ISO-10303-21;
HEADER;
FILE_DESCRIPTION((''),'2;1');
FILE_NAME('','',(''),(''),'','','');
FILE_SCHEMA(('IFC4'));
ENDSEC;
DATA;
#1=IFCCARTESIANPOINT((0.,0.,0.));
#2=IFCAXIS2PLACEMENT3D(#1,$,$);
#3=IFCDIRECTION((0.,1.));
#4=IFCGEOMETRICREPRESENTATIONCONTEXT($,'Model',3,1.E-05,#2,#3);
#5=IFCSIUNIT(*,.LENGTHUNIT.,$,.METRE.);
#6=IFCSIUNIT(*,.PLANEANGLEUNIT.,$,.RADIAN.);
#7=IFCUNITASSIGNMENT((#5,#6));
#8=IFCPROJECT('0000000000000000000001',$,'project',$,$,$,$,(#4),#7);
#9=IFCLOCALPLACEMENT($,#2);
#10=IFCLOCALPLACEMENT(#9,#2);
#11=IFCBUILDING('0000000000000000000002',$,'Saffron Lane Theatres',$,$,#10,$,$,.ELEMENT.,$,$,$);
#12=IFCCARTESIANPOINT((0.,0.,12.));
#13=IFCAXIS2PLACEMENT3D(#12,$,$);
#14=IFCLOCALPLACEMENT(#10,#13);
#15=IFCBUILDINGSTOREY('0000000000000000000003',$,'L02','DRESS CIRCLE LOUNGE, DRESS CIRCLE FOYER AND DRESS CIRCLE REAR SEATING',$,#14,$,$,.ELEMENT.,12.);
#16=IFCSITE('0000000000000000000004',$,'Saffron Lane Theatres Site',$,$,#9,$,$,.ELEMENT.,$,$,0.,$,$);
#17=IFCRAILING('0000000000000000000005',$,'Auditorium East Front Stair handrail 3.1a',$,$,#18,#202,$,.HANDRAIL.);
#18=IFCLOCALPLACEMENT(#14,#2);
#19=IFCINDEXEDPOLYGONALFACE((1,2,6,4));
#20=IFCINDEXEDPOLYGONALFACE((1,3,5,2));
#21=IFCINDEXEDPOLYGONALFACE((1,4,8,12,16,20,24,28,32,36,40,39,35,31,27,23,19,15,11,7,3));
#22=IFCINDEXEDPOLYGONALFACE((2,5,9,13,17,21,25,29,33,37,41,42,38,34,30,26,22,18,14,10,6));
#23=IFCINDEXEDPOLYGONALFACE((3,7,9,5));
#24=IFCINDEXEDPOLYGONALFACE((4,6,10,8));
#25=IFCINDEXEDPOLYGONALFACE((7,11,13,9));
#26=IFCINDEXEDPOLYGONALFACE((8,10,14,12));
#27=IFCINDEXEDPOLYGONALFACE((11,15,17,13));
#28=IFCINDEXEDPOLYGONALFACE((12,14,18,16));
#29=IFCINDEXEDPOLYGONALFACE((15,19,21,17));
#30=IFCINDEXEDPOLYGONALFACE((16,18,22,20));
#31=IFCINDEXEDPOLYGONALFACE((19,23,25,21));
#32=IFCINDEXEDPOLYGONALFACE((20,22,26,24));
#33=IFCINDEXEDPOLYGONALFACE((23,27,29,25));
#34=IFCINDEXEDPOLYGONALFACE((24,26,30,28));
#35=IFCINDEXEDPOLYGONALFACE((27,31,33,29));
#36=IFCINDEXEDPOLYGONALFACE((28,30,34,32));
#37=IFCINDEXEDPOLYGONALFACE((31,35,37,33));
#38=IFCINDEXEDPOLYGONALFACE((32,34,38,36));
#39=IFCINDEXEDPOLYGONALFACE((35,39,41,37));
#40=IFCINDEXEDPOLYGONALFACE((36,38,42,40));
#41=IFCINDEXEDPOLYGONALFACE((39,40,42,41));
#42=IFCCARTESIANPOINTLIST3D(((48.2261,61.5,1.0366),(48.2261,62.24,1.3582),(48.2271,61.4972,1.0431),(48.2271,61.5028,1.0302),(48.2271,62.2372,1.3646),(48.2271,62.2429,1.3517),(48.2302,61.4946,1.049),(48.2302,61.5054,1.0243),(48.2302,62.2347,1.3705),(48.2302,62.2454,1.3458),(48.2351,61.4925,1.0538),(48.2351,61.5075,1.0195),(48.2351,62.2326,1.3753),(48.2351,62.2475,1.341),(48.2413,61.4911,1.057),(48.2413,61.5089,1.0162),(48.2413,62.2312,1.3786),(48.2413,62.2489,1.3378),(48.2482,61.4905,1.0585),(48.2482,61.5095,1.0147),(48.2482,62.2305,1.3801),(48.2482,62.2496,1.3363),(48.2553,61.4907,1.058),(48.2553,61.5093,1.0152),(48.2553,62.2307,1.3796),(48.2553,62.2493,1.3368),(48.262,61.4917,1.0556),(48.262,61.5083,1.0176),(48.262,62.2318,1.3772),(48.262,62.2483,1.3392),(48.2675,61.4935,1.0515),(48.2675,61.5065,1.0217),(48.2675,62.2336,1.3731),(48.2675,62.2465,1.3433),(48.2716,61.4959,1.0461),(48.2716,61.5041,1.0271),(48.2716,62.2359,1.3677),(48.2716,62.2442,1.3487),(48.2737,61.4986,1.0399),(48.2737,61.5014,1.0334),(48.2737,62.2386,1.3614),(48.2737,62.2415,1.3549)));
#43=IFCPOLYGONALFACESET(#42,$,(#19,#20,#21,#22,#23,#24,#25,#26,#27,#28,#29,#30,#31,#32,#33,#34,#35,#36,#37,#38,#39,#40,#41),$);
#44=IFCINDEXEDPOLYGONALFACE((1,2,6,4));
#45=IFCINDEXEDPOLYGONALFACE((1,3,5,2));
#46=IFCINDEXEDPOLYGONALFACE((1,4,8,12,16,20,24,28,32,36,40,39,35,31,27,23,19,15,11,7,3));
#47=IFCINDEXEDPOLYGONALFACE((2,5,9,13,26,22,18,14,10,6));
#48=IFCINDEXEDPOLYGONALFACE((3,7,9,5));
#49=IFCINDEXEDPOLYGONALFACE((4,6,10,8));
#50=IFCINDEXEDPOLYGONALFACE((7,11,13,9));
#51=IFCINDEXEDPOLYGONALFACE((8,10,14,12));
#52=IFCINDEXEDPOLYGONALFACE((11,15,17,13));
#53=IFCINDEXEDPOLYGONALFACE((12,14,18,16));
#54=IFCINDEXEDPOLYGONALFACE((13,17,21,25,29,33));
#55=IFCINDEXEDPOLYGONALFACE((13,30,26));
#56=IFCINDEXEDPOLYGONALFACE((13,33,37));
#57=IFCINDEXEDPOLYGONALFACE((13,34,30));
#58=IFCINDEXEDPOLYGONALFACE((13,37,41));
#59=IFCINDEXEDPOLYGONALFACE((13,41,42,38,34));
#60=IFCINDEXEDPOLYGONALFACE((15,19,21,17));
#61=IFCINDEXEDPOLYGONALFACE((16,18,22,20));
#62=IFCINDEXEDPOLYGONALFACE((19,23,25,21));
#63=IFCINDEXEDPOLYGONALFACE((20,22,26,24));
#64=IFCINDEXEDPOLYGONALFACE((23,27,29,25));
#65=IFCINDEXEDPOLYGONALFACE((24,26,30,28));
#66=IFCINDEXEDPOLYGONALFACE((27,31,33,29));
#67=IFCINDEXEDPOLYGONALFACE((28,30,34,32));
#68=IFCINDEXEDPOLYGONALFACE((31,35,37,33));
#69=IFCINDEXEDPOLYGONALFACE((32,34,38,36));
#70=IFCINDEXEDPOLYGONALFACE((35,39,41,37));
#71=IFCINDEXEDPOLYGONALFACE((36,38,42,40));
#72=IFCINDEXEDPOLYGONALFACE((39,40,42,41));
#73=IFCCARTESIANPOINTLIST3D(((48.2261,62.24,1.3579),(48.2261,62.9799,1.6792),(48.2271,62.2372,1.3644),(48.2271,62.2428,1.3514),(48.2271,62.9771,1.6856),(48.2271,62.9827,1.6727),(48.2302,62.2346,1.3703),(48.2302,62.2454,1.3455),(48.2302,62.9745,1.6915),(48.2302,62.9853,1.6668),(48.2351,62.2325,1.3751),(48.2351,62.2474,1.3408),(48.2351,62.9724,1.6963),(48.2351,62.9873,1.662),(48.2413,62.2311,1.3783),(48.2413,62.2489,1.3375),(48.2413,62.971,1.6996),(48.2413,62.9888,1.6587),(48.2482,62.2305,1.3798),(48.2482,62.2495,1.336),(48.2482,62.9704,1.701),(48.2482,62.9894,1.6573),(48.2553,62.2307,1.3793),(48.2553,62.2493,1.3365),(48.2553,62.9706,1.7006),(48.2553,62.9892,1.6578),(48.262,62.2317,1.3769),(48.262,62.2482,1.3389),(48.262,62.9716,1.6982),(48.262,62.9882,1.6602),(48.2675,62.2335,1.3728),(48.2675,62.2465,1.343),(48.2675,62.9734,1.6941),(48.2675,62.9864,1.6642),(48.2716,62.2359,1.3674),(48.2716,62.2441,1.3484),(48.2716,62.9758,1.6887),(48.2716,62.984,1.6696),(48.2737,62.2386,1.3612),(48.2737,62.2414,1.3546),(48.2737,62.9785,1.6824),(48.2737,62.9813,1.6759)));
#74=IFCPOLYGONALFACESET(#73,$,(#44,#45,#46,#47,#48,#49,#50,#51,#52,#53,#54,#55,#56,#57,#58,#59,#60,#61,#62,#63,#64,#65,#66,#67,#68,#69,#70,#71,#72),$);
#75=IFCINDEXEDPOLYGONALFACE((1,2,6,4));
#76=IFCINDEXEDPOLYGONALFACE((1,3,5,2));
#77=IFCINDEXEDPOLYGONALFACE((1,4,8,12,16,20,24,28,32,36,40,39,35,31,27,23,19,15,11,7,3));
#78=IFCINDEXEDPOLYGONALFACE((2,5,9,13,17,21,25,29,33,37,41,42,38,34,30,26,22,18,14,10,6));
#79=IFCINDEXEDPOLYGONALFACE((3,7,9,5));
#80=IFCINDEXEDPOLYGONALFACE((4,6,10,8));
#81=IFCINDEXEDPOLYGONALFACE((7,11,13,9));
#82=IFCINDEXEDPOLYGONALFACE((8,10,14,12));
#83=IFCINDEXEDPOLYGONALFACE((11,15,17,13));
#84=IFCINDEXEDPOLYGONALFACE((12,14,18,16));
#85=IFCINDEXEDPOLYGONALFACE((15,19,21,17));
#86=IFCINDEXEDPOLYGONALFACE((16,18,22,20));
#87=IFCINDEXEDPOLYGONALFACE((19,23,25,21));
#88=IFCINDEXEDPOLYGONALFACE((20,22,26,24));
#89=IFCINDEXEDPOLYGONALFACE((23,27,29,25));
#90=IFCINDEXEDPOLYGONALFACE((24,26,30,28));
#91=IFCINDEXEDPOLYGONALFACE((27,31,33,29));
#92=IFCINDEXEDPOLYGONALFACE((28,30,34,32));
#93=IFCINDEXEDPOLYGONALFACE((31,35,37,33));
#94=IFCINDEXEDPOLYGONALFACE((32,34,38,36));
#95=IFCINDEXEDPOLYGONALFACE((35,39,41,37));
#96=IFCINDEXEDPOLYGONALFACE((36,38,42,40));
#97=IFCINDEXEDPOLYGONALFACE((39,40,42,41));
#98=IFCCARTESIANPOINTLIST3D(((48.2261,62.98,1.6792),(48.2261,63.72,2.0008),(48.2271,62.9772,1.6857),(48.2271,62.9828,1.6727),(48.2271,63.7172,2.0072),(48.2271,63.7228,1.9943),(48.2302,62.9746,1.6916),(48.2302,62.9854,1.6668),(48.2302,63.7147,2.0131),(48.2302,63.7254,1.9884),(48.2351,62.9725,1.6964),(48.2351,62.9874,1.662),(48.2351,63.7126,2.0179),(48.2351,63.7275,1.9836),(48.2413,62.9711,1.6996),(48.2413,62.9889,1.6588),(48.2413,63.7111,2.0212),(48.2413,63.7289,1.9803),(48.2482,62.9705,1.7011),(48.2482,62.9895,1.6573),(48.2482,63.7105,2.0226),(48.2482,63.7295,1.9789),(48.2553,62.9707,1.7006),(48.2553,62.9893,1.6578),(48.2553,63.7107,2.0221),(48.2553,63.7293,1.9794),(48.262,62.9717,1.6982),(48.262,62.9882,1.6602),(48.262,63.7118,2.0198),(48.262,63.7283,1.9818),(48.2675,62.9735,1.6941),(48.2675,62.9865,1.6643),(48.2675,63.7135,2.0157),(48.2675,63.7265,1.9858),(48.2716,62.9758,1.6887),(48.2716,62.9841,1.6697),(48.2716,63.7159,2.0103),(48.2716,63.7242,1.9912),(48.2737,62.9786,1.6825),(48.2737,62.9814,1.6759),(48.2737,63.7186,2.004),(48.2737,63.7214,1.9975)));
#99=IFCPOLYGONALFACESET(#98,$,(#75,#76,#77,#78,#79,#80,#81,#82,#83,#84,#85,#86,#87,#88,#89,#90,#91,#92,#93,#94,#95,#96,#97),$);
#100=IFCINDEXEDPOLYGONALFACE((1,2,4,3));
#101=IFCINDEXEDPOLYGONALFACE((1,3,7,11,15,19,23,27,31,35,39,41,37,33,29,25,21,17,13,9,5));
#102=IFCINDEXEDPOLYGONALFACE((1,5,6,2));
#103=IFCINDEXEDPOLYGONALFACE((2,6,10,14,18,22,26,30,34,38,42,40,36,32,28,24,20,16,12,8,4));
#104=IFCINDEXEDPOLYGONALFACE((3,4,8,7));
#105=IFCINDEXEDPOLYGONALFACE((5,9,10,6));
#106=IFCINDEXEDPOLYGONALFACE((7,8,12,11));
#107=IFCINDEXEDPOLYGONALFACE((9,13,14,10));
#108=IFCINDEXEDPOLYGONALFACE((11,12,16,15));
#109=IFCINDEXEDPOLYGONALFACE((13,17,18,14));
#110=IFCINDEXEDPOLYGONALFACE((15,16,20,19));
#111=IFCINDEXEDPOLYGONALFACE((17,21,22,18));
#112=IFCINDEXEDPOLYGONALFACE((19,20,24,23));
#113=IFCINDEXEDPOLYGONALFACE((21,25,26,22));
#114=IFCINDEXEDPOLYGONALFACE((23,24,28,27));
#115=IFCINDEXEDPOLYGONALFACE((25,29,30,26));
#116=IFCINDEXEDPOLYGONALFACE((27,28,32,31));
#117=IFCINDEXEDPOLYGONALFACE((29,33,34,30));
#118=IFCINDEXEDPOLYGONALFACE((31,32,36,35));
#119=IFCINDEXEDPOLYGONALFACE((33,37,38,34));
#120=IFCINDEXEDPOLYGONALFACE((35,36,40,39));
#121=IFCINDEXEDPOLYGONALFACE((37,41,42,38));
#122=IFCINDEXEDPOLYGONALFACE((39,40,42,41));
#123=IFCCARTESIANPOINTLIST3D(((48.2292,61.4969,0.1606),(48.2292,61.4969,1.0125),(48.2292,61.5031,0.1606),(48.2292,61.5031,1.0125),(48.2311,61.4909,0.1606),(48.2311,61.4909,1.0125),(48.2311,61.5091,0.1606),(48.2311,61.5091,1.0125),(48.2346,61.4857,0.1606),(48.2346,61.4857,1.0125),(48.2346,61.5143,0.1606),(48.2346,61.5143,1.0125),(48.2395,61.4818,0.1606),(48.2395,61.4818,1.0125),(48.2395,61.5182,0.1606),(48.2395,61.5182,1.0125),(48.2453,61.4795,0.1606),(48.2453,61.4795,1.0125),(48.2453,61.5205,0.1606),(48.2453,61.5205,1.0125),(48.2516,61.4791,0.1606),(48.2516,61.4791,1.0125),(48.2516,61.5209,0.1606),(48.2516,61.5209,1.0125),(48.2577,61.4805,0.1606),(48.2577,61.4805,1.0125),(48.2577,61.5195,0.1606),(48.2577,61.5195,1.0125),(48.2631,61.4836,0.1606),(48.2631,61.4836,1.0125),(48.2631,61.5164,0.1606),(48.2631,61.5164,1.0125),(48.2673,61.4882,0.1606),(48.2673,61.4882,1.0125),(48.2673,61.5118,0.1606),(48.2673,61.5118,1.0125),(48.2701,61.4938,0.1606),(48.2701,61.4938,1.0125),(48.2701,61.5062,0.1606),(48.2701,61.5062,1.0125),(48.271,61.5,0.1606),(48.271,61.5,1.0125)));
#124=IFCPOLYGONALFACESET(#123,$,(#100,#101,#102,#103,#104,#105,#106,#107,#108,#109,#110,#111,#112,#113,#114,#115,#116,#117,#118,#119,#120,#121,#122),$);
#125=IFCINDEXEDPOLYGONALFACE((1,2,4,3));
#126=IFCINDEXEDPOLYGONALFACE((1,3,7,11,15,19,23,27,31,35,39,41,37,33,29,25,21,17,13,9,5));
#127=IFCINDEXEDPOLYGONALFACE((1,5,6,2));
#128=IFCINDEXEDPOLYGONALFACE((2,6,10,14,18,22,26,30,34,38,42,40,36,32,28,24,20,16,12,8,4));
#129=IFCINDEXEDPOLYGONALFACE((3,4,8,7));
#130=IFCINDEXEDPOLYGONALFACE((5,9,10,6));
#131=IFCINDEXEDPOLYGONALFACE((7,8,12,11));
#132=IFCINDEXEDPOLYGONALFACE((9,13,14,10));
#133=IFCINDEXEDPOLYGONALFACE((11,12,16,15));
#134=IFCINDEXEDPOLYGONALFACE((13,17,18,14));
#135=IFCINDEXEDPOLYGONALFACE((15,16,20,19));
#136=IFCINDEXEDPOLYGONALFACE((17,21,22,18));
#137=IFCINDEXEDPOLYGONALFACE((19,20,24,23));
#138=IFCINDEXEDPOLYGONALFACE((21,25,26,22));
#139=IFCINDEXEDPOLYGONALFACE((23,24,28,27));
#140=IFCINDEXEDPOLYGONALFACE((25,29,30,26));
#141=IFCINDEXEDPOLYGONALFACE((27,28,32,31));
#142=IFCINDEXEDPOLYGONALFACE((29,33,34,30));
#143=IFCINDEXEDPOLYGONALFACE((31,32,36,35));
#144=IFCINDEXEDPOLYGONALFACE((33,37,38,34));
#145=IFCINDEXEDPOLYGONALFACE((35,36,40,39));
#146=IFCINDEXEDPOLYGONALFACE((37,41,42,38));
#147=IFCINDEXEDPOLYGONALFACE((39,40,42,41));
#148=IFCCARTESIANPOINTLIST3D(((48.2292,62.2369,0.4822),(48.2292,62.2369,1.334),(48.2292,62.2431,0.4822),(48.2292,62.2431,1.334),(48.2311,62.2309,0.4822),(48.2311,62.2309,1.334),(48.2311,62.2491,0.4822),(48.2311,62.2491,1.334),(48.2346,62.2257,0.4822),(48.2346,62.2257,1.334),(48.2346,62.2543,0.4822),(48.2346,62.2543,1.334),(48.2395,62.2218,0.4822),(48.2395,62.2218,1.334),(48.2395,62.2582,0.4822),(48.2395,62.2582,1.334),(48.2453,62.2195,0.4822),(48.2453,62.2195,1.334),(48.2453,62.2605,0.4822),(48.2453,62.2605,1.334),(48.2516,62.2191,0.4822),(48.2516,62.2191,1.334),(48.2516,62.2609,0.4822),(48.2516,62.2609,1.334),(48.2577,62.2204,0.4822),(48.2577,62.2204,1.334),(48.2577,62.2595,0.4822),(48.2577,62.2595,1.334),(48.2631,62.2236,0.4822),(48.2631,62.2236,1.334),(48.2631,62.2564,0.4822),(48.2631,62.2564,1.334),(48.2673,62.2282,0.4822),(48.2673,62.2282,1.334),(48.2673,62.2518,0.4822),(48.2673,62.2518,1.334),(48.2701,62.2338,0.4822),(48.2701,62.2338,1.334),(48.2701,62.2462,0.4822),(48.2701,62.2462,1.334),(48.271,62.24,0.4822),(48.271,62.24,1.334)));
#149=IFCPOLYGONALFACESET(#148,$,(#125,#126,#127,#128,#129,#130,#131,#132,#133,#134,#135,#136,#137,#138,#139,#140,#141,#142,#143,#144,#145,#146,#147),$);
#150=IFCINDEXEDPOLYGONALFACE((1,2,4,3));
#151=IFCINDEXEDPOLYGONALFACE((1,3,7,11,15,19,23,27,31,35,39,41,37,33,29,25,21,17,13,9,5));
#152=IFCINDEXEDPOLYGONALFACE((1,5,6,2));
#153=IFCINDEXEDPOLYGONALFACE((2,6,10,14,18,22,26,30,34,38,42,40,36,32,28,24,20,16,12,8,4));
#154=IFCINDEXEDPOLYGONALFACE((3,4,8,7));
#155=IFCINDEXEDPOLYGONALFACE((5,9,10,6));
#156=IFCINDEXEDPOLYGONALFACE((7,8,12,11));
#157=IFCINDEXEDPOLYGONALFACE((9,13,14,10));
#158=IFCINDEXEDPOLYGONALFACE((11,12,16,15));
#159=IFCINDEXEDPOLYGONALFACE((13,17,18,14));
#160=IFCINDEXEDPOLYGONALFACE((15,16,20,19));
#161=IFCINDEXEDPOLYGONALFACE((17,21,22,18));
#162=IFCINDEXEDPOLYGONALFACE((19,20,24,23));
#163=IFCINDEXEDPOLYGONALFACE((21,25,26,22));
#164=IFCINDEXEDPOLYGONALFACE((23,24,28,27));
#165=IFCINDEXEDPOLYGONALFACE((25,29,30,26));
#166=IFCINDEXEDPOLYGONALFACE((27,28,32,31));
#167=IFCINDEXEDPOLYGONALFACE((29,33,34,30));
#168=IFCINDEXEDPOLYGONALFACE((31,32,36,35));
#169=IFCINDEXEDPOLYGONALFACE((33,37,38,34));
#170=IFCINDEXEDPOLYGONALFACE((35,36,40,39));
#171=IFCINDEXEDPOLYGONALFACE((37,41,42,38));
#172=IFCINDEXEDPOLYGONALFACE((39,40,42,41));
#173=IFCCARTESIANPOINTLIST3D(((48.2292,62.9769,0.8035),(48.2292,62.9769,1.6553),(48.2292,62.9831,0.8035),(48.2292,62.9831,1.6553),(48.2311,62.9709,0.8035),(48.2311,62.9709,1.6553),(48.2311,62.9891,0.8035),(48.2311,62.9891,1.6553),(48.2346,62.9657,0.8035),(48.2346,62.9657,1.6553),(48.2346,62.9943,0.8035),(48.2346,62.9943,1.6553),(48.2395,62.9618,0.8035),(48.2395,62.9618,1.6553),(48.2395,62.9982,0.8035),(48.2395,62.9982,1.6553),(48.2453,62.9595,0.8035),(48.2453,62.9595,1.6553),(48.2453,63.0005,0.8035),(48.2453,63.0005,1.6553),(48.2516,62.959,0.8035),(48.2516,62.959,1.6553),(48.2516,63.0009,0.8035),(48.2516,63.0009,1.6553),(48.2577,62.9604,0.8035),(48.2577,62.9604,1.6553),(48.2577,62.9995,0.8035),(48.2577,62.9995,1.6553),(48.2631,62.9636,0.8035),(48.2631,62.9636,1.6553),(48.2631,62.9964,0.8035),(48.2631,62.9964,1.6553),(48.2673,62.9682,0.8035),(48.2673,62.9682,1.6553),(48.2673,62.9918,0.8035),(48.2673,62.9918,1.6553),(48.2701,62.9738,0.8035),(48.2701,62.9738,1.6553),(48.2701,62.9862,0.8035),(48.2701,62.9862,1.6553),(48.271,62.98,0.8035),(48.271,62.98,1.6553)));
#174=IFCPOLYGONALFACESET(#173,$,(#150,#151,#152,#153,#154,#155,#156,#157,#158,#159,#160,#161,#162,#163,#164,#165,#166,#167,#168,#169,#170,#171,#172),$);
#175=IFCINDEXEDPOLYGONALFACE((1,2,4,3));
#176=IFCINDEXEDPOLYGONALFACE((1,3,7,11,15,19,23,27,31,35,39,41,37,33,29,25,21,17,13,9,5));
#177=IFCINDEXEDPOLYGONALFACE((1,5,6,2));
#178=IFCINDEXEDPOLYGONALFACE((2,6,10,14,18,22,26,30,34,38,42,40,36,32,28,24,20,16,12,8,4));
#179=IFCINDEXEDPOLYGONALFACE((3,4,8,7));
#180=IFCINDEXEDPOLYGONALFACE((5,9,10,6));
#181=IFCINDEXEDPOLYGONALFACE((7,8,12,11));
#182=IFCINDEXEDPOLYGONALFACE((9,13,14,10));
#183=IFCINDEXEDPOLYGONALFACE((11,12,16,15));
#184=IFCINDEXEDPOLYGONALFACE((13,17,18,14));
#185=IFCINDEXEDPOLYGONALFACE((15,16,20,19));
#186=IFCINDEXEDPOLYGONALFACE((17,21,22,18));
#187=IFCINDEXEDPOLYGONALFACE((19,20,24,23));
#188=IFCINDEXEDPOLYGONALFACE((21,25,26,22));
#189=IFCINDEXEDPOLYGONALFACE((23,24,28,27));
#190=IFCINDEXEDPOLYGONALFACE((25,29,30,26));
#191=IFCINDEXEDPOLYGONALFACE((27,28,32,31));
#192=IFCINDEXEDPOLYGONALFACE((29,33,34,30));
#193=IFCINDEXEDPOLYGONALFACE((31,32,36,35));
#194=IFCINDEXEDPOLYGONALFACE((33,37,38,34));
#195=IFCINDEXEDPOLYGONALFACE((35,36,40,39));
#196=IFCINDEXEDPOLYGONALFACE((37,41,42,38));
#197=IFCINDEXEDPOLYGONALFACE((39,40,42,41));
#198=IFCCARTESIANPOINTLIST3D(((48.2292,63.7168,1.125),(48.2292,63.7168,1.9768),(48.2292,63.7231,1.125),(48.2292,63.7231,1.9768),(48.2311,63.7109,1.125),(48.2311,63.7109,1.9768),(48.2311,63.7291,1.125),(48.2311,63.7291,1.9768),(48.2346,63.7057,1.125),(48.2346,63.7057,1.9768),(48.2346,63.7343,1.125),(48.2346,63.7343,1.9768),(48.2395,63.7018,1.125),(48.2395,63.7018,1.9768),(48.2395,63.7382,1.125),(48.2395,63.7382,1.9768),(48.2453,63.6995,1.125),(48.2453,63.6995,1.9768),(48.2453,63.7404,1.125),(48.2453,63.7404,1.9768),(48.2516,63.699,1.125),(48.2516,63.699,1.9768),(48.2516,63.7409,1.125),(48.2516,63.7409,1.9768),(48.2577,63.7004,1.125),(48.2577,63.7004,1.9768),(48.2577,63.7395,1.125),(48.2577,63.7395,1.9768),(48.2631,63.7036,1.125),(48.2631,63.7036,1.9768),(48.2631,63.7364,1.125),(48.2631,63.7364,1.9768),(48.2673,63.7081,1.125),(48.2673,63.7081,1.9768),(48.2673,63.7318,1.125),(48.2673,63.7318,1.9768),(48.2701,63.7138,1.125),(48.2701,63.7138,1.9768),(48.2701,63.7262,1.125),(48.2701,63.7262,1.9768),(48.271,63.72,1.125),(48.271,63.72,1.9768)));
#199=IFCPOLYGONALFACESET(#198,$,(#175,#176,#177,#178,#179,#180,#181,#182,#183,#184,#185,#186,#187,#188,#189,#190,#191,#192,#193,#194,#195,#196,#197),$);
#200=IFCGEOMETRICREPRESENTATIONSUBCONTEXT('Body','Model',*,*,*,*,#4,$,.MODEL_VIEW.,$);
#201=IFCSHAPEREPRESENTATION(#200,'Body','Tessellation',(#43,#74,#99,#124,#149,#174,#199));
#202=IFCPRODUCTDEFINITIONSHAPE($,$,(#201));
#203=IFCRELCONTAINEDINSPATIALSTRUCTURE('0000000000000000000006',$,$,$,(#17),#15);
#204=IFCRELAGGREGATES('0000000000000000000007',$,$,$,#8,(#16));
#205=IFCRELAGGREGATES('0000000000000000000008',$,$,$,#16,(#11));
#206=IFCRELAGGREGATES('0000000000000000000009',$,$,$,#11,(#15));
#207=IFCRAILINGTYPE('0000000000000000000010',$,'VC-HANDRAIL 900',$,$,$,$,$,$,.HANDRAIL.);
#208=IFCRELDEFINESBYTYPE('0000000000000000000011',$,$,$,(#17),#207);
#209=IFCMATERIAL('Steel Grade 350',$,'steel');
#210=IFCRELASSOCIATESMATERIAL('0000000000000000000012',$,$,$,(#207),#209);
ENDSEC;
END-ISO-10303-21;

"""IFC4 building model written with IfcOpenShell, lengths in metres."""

from ifc_helpers import new_model, si_unit, direction, frame, origin, origin_2d, place, context, subcontext, project, spatial, circle, extrude, material, type_object, element, save


model = new_model("IFC4")

# Units and contexts
model_context = context("Model", 3, precision=1e-05, world=origin(), true_north=direction((0.0, 1.0)))
body_context = subcontext(model_context, "Body", "Model", "MODEL_VIEW")
ifc_project = project(units=[si_unit("LENGTHUNIT", "METRE"), si_unit("PLANEANGLEUNIT", "RADIAN")], contexts=[model_context])

# Site, building, storey
site_placement = place(None, origin())
site = spatial("IfcSite", under=ifc_project, at=site_placement, Name="Saffron Lane Theatres Site", CompositionType="ELEMENT", RefElevation=0.0)
building_placement = place(site_placement, origin())
building = spatial("IfcBuilding", under=site, at=building_placement, Name="Saffron Lane Theatres", CompositionType="ELEMENT")
storey_placement = place(building_placement, frame((0.0, 0.0, 12.0)))
storey = spatial("IfcBuildingStorey", under=building, at=storey_placement, Name="L02", Description="DRESS CIRCLE LOUNGE, DRESS CIRCLE FOYER AND DRESS CIRCLE REAR SEATING", CompositionType="ELEMENT", Elevation=12.0)

# Railing
ifc_material_1 = material(Name="Steel Grade 350", Category="steel")
railing_type_1 = type_object("IfcRailingType", Name="VC-HANDRAIL 900", PredefinedType="HANDRAIL", material=ifc_material_1)
for number, where, name in (
    (1, (48.25, 61.5, 0.1606), "Auditorium East Front Stair handrail 3.1a"),
):
    element("IfcRailing", number, at=place(storey_placement, frame(where)), inside=storey, type_object=railing_type_1, Name=name, PredefinedType="HANDRAIL", context=body_context, shape_type="SweptSolid", body=[
        extrude(circle(Radius=0.0239, at=origin_2d()), frame((0.0, 0.0, 0.876), z_axis=(0.0, 0.917161, 0.398516), x_axis=(-1.0, 0.0, 0.0)), (0.0, 0.0, 1.0), 0.8069),
        extrude(circle(Radius=0.0239, at=origin_2d()), frame((0.0, 0.74, 1.1973), z_axis=(0.0, 0.917272, 0.398261), x_axis=(-1.0, 0.0, 0.0)), (0.0, 0.0, 1.0), 0.8066),
        extrude(circle(Radius=0.0239, at=origin_2d()), frame((0.0, 1.48, 1.5186), z_axis=(0.0, 0.917161, 0.398516), x_axis=(-1.0, 0.0, 0.0)), (0.0, 0.0, 1.0), 0.8069),
        extrude(circle(Radius=0.021, at=origin_2d()), origin(), (0.0, 0.0, 1.0), 0.8518),
        extrude(circle(Radius=0.021, at=origin_2d()), frame((0.0, 0.74, 0.3215)), (0.0, 0.0, 1.0), 0.8518),
        extrude(circle(Radius=0.021, at=origin_2d()), frame((0.0, 1.48, 0.6428)), (0.0, 0.0, 1.0), 0.8518),
        extrude(circle(Radius=0.021, at=origin_2d()), frame((0.0, 2.22, 0.9644)), (0.0, 0.0, 1.0), 0.8518),
    ])

save(model, "model.ifc")
